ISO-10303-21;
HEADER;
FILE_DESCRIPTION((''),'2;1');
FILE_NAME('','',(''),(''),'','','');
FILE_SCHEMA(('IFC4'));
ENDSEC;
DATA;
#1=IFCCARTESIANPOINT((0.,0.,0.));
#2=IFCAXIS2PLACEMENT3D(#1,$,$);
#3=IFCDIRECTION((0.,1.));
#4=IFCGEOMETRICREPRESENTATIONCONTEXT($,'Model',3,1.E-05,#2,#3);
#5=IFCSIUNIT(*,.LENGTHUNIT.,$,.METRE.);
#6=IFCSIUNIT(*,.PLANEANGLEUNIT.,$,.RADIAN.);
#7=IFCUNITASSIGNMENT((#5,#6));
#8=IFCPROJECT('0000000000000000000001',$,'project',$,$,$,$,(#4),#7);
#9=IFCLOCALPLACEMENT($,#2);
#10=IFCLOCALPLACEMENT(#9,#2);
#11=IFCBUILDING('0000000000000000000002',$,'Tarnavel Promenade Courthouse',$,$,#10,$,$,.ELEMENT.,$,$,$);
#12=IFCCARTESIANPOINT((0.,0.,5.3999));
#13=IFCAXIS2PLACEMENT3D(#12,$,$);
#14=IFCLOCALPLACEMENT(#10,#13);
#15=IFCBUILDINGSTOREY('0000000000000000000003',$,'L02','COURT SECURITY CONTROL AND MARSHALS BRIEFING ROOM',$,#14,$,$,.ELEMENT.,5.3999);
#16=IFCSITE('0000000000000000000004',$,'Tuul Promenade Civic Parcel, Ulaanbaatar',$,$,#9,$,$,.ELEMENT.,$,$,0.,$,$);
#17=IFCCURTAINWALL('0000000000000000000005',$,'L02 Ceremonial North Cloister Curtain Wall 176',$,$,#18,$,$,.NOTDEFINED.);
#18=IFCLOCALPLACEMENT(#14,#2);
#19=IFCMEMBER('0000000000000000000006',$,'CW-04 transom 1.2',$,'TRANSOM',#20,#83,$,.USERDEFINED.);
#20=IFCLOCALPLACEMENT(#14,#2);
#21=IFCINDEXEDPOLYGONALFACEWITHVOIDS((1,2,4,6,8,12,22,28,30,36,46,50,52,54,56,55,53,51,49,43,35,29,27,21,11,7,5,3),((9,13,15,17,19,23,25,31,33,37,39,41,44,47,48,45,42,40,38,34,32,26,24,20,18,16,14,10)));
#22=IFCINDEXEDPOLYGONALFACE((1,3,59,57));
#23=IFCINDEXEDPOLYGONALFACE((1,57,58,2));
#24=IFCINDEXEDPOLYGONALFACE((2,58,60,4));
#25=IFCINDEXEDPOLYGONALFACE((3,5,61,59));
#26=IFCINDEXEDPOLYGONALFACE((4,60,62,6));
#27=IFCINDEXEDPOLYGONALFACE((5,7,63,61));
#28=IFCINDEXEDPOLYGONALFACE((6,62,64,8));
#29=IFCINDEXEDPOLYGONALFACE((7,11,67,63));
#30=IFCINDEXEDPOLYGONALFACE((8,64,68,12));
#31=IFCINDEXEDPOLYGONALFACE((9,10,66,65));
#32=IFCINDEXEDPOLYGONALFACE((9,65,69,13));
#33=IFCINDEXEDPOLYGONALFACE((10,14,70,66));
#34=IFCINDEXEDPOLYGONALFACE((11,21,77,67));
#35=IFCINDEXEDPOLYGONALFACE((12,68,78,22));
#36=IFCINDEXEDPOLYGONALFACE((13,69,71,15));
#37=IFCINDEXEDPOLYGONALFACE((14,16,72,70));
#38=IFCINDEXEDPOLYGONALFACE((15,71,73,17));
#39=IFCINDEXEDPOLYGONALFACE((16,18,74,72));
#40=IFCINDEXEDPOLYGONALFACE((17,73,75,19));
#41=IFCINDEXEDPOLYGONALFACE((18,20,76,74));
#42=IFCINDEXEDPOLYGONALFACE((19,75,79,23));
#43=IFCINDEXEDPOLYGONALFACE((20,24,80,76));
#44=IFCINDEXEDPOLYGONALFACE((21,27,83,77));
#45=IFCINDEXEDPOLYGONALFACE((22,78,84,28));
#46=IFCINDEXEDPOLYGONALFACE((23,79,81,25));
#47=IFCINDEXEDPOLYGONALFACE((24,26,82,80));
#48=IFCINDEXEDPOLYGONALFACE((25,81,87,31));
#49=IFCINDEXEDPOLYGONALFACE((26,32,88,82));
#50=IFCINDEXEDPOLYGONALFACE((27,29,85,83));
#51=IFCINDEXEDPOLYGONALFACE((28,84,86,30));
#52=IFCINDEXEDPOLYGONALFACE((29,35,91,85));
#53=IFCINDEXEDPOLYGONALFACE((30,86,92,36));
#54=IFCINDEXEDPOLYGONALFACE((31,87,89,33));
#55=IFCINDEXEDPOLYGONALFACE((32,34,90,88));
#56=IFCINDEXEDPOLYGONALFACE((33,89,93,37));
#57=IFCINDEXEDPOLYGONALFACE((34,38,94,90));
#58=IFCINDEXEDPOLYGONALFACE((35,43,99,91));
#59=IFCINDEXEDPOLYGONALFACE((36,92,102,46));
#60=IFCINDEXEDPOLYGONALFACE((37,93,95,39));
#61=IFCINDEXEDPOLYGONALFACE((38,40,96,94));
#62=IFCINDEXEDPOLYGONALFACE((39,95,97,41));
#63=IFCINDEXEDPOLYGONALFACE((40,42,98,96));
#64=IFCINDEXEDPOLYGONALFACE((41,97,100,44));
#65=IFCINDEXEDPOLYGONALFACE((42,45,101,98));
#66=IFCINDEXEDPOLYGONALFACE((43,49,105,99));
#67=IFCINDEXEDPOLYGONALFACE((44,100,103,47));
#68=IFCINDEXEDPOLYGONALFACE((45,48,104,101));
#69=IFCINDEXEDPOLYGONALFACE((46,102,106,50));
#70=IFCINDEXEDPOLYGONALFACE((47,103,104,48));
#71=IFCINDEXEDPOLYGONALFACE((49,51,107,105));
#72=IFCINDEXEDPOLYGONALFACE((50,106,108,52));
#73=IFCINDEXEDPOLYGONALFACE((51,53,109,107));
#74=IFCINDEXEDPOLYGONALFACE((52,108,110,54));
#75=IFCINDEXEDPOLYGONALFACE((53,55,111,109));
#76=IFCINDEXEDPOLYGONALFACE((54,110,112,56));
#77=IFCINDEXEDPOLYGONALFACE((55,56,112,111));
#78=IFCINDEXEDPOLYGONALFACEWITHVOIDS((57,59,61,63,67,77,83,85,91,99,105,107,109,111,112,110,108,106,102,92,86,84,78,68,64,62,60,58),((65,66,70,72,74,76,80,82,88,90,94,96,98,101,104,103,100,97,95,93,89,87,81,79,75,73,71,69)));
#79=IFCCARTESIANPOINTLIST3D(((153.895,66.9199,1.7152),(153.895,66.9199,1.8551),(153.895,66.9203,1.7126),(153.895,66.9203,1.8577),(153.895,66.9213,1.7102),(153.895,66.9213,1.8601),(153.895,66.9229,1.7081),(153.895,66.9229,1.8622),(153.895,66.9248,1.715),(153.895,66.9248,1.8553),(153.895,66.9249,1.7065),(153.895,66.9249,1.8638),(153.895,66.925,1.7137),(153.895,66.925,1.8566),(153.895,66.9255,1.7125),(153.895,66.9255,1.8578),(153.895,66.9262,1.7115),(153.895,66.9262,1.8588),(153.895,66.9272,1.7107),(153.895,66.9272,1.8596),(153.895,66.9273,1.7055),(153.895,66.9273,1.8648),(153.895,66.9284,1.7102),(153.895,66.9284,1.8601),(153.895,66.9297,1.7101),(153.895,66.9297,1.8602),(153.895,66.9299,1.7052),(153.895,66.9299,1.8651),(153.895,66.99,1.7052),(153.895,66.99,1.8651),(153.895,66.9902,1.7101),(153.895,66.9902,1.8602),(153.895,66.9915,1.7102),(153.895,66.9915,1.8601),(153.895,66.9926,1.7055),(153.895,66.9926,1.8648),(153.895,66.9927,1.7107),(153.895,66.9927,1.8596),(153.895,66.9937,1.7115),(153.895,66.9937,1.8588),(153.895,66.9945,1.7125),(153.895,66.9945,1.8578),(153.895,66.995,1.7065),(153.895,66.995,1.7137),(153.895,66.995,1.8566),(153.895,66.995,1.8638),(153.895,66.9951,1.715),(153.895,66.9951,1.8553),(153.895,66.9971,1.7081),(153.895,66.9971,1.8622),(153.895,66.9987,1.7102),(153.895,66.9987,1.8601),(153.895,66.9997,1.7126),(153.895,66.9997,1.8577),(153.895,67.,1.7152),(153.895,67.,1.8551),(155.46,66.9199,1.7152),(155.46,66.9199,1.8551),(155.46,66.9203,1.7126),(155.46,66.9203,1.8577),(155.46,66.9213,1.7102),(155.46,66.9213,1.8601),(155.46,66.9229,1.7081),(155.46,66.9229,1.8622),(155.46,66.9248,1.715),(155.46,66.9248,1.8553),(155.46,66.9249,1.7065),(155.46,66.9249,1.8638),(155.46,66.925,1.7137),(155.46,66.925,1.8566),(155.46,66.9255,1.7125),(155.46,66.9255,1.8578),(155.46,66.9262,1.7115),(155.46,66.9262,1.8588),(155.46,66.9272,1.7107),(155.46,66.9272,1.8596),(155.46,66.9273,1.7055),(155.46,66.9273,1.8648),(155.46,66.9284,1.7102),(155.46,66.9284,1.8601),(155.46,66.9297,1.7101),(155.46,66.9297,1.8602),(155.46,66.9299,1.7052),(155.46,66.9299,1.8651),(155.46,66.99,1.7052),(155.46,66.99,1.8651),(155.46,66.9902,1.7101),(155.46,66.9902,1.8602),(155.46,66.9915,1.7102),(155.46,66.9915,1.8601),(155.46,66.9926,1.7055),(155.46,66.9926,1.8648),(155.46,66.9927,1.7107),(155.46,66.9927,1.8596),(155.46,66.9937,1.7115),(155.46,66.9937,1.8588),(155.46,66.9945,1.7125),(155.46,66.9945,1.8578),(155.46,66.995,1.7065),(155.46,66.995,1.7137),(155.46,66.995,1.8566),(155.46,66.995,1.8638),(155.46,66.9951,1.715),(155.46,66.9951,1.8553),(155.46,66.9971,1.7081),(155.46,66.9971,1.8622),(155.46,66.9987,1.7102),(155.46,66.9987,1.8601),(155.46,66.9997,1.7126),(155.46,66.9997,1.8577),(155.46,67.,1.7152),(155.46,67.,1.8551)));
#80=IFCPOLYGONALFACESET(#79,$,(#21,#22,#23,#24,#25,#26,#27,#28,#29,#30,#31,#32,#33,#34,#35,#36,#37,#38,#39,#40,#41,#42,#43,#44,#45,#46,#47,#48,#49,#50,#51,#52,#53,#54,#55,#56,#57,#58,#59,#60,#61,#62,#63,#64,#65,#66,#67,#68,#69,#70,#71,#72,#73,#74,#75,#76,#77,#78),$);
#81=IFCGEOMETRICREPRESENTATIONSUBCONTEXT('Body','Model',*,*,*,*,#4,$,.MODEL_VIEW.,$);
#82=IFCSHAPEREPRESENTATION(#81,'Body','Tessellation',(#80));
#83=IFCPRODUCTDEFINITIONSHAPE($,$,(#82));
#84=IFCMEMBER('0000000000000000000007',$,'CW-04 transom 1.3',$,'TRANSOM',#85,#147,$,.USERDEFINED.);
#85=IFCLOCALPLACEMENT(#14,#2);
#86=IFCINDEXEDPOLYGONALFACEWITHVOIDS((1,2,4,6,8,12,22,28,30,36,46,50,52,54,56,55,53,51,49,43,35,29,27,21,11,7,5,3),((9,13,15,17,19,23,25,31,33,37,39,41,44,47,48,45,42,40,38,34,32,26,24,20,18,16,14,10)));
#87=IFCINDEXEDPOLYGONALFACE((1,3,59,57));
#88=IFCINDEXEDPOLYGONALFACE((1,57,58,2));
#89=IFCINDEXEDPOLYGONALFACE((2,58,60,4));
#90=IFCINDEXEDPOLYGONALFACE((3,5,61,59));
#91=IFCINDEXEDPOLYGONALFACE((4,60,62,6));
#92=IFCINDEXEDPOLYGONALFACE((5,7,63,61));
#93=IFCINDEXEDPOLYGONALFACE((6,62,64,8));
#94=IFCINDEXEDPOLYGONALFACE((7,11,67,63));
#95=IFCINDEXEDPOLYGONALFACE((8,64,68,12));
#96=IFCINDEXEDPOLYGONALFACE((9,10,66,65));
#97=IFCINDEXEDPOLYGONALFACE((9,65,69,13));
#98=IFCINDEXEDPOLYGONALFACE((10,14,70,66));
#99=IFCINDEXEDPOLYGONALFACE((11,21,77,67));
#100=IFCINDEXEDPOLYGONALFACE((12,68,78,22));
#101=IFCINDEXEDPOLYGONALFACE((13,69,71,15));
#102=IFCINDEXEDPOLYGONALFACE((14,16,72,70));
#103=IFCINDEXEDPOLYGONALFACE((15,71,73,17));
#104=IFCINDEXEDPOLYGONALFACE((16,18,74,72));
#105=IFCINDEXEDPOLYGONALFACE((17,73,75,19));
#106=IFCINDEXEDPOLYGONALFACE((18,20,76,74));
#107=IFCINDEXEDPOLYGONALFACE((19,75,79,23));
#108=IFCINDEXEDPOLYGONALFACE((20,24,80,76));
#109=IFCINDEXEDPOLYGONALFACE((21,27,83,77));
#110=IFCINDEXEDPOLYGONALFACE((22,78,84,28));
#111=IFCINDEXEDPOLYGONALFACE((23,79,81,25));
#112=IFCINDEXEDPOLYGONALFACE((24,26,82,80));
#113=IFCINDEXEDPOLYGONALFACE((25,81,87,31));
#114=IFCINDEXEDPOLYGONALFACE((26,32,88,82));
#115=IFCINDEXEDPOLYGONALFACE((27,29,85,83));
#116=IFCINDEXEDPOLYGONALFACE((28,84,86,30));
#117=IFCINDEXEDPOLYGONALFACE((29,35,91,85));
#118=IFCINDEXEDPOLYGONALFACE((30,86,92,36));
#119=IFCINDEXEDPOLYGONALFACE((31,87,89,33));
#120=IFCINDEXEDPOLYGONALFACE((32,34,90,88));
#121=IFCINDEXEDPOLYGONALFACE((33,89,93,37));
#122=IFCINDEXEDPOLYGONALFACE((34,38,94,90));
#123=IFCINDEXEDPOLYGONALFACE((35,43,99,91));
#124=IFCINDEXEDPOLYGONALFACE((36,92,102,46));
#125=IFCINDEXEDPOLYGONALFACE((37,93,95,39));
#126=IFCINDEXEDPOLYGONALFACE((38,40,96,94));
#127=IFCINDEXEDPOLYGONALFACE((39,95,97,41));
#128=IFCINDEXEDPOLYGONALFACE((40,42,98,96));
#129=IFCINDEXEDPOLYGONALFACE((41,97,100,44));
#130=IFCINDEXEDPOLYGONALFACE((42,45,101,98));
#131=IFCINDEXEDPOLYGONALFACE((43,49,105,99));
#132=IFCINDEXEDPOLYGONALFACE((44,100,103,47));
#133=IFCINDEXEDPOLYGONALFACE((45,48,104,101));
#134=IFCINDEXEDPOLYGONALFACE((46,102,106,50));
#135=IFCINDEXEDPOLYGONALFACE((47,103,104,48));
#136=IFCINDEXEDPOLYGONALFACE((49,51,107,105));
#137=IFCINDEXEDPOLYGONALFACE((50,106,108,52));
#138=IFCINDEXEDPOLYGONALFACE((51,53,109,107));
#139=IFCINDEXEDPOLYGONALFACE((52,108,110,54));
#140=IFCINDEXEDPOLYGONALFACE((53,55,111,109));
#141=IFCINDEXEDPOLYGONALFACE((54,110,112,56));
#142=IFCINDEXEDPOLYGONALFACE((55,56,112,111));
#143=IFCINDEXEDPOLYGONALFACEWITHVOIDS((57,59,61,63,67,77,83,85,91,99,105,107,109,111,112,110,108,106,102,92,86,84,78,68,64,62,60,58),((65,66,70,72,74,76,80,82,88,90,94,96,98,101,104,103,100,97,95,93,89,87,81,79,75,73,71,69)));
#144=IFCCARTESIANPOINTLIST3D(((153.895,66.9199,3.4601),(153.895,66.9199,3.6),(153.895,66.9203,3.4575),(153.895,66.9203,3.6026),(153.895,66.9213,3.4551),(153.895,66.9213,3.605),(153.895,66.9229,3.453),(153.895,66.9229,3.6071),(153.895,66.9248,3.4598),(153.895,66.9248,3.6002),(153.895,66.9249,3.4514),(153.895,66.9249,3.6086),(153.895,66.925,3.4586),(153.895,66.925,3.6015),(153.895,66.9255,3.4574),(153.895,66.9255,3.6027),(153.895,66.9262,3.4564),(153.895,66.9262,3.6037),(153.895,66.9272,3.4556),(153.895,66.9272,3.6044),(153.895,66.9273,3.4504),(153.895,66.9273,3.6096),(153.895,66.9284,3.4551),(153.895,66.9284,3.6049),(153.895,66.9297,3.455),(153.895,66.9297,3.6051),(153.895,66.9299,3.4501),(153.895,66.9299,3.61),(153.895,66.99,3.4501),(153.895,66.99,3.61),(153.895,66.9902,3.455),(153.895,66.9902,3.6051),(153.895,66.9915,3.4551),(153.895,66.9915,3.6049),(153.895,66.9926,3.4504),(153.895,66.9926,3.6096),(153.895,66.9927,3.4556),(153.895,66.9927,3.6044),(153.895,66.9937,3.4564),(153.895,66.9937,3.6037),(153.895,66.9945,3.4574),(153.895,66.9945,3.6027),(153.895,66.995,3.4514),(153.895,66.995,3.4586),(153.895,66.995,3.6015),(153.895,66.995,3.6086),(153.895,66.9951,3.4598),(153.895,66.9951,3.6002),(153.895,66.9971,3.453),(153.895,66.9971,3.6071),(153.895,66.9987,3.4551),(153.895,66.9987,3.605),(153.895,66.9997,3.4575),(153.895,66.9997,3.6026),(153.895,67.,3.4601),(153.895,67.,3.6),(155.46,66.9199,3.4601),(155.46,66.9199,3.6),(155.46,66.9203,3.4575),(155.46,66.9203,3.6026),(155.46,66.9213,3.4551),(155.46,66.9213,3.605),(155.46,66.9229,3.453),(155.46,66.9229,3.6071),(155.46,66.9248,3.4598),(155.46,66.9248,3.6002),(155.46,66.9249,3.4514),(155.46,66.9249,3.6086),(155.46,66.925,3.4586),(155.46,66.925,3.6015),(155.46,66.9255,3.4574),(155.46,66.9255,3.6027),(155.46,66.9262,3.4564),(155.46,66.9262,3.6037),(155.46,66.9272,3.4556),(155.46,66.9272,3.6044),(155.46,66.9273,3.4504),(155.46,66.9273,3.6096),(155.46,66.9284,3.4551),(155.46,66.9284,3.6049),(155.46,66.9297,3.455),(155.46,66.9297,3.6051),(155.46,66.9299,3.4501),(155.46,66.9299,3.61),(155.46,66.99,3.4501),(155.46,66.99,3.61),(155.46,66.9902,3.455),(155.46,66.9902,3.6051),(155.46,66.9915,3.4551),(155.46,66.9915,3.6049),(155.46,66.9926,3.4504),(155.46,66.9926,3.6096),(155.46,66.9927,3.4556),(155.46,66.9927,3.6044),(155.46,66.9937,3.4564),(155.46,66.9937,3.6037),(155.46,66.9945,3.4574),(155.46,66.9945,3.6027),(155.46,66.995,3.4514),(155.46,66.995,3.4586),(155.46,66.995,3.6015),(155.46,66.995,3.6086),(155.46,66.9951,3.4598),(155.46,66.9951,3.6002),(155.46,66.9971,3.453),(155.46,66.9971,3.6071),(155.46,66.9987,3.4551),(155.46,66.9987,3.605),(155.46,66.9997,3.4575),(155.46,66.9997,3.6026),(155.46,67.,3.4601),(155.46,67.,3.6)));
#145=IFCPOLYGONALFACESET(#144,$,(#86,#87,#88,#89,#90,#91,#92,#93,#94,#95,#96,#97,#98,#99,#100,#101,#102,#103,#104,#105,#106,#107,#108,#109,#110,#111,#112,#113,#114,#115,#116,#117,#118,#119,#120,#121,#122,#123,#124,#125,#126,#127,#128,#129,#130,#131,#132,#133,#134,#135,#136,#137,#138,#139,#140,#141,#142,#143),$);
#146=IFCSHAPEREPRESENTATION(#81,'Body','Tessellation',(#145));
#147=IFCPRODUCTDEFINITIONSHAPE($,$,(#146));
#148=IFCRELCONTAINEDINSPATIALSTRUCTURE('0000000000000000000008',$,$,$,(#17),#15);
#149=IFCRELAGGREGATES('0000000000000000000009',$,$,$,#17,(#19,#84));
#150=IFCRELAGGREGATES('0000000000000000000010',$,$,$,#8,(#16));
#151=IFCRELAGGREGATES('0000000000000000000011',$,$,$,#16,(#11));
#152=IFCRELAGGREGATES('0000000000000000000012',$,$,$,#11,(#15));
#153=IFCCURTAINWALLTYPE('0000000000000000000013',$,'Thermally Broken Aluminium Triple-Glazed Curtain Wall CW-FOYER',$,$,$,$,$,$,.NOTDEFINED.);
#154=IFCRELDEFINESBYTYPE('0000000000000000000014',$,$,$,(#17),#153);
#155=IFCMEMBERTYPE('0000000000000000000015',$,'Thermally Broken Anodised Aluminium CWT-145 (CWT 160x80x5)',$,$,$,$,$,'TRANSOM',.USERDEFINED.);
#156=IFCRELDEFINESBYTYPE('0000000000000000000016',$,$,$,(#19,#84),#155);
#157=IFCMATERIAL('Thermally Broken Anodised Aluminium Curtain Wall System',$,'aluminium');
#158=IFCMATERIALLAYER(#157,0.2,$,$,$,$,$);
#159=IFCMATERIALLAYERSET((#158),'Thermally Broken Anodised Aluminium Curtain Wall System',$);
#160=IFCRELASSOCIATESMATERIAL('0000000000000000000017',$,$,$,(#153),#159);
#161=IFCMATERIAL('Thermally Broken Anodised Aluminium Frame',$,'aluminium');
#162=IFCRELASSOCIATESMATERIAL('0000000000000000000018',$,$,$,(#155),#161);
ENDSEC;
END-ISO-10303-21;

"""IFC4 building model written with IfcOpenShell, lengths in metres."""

from ifc_helpers import new_model, si_unit, direction, frame, origin, origin_2d, place, context, subcontext, project, spatial, hollow_rectangle, extrude, material, layer, layer_set, material_profile, profile_set, type_object, element, aggregate, save


model = new_model("IFC4")

# Units and contexts
model_context = context("Model", 3, precision=1e-05, world=origin(), true_north=direction((0.0, 1.0)))
body_context = subcontext(model_context, "Body", "Model", "MODEL_VIEW")
ifc_project = project(units=[si_unit("LENGTHUNIT", "METRE"), si_unit("PLANEANGLEUNIT", "RADIAN")], contexts=[model_context])

# Site, building, storey
site_placement = place(None, origin())
site = spatial("IfcSite", under=ifc_project, at=site_placement, Name="Tuul Promenade Civic Parcel, Ulaanbaatar", CompositionType="ELEMENT", RefElevation=0.0)
building_placement = place(site_placement, origin())
building = spatial("IfcBuilding", under=site, at=building_placement, Name="Tarnavel Promenade Courthouse", CompositionType="ELEMENT")
storey_placement = place(building_placement, frame((0.0, 0.0, 5.3999)))
storey = spatial("IfcBuildingStorey", under=building, at=storey_placement, Name="L02", Description="COURT SECURITY CONTROL AND MARSHALS BRIEFING ROOM", CompositionType="ELEMENT", Elevation=5.3999)

# Curtain wall, members
ifc_material_1 = material(Name="Thermally Broken Anodised Aluminium Curtain Wall System", Category="aluminium")
ifc_layer_1 = layer(ifc_material_1, 0.2)
ifc_layer_set_1 = layer_set([ifc_layer_1], Name="Thermally Broken Anodised Aluminium Curtain Wall System")
curtain_wall_type = type_object("IfcCurtainWallType", Name="Thermally Broken Aluminium Triple-Glazed Curtain Wall CW-FOYER", PredefinedType="NOTDEFINED", material=ifc_layer_set_1)
curtain_wall_placement = place(storey_placement, origin())
curtain_wall = element("IfcCurtainWall", 1, at=curtain_wall_placement, inside=storey, type_object=curtain_wall_type, Name="L02 Ceremonial North Cloister Curtain Wall 176", PredefinedType="NOTDEFINED")
ifc_material_2 = material(Name="Thermally Broken Anodised Aluminium Frame", Category="aluminium")
ifc_material_profile_1 = material_profile(ifc_material_2, hollow_rectangle(XDim=0.0801, YDim=0.1599, WallThickness=0.0049, InnerFilletRadius=0.0049, OuterFilletRadius=0.01, at=origin_2d()), Name="CWT 160x80x5")
ifc_profile_set_1 = profile_set([ifc_material_profile_1], Name="Thermally Broken Anodised Aluminium Frame")
member_type_1 = type_object("IfcMemberType", Name="Thermally Broken Anodised Aluminium CWT-145 (CWT 160x80x5)", ElementType="TRANSOM", PredefinedType="USERDEFINED", material=ifc_profile_set_1)
member_1_placement = place(storey_placement, frame((155.46, 66.96, 1.7852), z_axis=(-1.0, 0.0, 0.0), x_axis=(0.0, -1.0, 0.0)))
member_1 = element("IfcMember", 2, at=member_1_placement, type_object=member_type_1, Name="CW-04 transom 1.2", ObjectType="TRANSOM", PredefinedType="USERDEFINED", context=body_context, shape_type="SweptSolid", body=[
    extrude(hollow_rectangle(XDim=0.0801, YDim=0.1599, WallThickness=0.0049, InnerFilletRadius=0.0049, OuterFilletRadius=0.01, at=origin_2d()), origin(), (0.0, 0.0, 1.0), 1.5649),
])
member_2_placement = place(storey_placement, frame((155.46, 66.96, 3.53), z_axis=(-1.0, 0.0, 0.0), x_axis=(0.0, -1.0, 0.0)))
member_2 = element("IfcMember", 3, at=member_2_placement, type_object=member_type_1, Name="CW-04 transom 1.3", ObjectType="TRANSOM", PredefinedType="USERDEFINED", context=body_context, shape_type="SweptSolid", body=[
    extrude(hollow_rectangle(XDim=0.0801, YDim=0.1599, WallThickness=0.0049, InnerFilletRadius=0.0049, OuterFilletRadius=0.01, at=origin_2d()), origin(), (0.0, 0.0, 1.0), 1.5649),
])
aggregate(curtain_wall, [member_1, member_2])

save(model, "model.ifc")
